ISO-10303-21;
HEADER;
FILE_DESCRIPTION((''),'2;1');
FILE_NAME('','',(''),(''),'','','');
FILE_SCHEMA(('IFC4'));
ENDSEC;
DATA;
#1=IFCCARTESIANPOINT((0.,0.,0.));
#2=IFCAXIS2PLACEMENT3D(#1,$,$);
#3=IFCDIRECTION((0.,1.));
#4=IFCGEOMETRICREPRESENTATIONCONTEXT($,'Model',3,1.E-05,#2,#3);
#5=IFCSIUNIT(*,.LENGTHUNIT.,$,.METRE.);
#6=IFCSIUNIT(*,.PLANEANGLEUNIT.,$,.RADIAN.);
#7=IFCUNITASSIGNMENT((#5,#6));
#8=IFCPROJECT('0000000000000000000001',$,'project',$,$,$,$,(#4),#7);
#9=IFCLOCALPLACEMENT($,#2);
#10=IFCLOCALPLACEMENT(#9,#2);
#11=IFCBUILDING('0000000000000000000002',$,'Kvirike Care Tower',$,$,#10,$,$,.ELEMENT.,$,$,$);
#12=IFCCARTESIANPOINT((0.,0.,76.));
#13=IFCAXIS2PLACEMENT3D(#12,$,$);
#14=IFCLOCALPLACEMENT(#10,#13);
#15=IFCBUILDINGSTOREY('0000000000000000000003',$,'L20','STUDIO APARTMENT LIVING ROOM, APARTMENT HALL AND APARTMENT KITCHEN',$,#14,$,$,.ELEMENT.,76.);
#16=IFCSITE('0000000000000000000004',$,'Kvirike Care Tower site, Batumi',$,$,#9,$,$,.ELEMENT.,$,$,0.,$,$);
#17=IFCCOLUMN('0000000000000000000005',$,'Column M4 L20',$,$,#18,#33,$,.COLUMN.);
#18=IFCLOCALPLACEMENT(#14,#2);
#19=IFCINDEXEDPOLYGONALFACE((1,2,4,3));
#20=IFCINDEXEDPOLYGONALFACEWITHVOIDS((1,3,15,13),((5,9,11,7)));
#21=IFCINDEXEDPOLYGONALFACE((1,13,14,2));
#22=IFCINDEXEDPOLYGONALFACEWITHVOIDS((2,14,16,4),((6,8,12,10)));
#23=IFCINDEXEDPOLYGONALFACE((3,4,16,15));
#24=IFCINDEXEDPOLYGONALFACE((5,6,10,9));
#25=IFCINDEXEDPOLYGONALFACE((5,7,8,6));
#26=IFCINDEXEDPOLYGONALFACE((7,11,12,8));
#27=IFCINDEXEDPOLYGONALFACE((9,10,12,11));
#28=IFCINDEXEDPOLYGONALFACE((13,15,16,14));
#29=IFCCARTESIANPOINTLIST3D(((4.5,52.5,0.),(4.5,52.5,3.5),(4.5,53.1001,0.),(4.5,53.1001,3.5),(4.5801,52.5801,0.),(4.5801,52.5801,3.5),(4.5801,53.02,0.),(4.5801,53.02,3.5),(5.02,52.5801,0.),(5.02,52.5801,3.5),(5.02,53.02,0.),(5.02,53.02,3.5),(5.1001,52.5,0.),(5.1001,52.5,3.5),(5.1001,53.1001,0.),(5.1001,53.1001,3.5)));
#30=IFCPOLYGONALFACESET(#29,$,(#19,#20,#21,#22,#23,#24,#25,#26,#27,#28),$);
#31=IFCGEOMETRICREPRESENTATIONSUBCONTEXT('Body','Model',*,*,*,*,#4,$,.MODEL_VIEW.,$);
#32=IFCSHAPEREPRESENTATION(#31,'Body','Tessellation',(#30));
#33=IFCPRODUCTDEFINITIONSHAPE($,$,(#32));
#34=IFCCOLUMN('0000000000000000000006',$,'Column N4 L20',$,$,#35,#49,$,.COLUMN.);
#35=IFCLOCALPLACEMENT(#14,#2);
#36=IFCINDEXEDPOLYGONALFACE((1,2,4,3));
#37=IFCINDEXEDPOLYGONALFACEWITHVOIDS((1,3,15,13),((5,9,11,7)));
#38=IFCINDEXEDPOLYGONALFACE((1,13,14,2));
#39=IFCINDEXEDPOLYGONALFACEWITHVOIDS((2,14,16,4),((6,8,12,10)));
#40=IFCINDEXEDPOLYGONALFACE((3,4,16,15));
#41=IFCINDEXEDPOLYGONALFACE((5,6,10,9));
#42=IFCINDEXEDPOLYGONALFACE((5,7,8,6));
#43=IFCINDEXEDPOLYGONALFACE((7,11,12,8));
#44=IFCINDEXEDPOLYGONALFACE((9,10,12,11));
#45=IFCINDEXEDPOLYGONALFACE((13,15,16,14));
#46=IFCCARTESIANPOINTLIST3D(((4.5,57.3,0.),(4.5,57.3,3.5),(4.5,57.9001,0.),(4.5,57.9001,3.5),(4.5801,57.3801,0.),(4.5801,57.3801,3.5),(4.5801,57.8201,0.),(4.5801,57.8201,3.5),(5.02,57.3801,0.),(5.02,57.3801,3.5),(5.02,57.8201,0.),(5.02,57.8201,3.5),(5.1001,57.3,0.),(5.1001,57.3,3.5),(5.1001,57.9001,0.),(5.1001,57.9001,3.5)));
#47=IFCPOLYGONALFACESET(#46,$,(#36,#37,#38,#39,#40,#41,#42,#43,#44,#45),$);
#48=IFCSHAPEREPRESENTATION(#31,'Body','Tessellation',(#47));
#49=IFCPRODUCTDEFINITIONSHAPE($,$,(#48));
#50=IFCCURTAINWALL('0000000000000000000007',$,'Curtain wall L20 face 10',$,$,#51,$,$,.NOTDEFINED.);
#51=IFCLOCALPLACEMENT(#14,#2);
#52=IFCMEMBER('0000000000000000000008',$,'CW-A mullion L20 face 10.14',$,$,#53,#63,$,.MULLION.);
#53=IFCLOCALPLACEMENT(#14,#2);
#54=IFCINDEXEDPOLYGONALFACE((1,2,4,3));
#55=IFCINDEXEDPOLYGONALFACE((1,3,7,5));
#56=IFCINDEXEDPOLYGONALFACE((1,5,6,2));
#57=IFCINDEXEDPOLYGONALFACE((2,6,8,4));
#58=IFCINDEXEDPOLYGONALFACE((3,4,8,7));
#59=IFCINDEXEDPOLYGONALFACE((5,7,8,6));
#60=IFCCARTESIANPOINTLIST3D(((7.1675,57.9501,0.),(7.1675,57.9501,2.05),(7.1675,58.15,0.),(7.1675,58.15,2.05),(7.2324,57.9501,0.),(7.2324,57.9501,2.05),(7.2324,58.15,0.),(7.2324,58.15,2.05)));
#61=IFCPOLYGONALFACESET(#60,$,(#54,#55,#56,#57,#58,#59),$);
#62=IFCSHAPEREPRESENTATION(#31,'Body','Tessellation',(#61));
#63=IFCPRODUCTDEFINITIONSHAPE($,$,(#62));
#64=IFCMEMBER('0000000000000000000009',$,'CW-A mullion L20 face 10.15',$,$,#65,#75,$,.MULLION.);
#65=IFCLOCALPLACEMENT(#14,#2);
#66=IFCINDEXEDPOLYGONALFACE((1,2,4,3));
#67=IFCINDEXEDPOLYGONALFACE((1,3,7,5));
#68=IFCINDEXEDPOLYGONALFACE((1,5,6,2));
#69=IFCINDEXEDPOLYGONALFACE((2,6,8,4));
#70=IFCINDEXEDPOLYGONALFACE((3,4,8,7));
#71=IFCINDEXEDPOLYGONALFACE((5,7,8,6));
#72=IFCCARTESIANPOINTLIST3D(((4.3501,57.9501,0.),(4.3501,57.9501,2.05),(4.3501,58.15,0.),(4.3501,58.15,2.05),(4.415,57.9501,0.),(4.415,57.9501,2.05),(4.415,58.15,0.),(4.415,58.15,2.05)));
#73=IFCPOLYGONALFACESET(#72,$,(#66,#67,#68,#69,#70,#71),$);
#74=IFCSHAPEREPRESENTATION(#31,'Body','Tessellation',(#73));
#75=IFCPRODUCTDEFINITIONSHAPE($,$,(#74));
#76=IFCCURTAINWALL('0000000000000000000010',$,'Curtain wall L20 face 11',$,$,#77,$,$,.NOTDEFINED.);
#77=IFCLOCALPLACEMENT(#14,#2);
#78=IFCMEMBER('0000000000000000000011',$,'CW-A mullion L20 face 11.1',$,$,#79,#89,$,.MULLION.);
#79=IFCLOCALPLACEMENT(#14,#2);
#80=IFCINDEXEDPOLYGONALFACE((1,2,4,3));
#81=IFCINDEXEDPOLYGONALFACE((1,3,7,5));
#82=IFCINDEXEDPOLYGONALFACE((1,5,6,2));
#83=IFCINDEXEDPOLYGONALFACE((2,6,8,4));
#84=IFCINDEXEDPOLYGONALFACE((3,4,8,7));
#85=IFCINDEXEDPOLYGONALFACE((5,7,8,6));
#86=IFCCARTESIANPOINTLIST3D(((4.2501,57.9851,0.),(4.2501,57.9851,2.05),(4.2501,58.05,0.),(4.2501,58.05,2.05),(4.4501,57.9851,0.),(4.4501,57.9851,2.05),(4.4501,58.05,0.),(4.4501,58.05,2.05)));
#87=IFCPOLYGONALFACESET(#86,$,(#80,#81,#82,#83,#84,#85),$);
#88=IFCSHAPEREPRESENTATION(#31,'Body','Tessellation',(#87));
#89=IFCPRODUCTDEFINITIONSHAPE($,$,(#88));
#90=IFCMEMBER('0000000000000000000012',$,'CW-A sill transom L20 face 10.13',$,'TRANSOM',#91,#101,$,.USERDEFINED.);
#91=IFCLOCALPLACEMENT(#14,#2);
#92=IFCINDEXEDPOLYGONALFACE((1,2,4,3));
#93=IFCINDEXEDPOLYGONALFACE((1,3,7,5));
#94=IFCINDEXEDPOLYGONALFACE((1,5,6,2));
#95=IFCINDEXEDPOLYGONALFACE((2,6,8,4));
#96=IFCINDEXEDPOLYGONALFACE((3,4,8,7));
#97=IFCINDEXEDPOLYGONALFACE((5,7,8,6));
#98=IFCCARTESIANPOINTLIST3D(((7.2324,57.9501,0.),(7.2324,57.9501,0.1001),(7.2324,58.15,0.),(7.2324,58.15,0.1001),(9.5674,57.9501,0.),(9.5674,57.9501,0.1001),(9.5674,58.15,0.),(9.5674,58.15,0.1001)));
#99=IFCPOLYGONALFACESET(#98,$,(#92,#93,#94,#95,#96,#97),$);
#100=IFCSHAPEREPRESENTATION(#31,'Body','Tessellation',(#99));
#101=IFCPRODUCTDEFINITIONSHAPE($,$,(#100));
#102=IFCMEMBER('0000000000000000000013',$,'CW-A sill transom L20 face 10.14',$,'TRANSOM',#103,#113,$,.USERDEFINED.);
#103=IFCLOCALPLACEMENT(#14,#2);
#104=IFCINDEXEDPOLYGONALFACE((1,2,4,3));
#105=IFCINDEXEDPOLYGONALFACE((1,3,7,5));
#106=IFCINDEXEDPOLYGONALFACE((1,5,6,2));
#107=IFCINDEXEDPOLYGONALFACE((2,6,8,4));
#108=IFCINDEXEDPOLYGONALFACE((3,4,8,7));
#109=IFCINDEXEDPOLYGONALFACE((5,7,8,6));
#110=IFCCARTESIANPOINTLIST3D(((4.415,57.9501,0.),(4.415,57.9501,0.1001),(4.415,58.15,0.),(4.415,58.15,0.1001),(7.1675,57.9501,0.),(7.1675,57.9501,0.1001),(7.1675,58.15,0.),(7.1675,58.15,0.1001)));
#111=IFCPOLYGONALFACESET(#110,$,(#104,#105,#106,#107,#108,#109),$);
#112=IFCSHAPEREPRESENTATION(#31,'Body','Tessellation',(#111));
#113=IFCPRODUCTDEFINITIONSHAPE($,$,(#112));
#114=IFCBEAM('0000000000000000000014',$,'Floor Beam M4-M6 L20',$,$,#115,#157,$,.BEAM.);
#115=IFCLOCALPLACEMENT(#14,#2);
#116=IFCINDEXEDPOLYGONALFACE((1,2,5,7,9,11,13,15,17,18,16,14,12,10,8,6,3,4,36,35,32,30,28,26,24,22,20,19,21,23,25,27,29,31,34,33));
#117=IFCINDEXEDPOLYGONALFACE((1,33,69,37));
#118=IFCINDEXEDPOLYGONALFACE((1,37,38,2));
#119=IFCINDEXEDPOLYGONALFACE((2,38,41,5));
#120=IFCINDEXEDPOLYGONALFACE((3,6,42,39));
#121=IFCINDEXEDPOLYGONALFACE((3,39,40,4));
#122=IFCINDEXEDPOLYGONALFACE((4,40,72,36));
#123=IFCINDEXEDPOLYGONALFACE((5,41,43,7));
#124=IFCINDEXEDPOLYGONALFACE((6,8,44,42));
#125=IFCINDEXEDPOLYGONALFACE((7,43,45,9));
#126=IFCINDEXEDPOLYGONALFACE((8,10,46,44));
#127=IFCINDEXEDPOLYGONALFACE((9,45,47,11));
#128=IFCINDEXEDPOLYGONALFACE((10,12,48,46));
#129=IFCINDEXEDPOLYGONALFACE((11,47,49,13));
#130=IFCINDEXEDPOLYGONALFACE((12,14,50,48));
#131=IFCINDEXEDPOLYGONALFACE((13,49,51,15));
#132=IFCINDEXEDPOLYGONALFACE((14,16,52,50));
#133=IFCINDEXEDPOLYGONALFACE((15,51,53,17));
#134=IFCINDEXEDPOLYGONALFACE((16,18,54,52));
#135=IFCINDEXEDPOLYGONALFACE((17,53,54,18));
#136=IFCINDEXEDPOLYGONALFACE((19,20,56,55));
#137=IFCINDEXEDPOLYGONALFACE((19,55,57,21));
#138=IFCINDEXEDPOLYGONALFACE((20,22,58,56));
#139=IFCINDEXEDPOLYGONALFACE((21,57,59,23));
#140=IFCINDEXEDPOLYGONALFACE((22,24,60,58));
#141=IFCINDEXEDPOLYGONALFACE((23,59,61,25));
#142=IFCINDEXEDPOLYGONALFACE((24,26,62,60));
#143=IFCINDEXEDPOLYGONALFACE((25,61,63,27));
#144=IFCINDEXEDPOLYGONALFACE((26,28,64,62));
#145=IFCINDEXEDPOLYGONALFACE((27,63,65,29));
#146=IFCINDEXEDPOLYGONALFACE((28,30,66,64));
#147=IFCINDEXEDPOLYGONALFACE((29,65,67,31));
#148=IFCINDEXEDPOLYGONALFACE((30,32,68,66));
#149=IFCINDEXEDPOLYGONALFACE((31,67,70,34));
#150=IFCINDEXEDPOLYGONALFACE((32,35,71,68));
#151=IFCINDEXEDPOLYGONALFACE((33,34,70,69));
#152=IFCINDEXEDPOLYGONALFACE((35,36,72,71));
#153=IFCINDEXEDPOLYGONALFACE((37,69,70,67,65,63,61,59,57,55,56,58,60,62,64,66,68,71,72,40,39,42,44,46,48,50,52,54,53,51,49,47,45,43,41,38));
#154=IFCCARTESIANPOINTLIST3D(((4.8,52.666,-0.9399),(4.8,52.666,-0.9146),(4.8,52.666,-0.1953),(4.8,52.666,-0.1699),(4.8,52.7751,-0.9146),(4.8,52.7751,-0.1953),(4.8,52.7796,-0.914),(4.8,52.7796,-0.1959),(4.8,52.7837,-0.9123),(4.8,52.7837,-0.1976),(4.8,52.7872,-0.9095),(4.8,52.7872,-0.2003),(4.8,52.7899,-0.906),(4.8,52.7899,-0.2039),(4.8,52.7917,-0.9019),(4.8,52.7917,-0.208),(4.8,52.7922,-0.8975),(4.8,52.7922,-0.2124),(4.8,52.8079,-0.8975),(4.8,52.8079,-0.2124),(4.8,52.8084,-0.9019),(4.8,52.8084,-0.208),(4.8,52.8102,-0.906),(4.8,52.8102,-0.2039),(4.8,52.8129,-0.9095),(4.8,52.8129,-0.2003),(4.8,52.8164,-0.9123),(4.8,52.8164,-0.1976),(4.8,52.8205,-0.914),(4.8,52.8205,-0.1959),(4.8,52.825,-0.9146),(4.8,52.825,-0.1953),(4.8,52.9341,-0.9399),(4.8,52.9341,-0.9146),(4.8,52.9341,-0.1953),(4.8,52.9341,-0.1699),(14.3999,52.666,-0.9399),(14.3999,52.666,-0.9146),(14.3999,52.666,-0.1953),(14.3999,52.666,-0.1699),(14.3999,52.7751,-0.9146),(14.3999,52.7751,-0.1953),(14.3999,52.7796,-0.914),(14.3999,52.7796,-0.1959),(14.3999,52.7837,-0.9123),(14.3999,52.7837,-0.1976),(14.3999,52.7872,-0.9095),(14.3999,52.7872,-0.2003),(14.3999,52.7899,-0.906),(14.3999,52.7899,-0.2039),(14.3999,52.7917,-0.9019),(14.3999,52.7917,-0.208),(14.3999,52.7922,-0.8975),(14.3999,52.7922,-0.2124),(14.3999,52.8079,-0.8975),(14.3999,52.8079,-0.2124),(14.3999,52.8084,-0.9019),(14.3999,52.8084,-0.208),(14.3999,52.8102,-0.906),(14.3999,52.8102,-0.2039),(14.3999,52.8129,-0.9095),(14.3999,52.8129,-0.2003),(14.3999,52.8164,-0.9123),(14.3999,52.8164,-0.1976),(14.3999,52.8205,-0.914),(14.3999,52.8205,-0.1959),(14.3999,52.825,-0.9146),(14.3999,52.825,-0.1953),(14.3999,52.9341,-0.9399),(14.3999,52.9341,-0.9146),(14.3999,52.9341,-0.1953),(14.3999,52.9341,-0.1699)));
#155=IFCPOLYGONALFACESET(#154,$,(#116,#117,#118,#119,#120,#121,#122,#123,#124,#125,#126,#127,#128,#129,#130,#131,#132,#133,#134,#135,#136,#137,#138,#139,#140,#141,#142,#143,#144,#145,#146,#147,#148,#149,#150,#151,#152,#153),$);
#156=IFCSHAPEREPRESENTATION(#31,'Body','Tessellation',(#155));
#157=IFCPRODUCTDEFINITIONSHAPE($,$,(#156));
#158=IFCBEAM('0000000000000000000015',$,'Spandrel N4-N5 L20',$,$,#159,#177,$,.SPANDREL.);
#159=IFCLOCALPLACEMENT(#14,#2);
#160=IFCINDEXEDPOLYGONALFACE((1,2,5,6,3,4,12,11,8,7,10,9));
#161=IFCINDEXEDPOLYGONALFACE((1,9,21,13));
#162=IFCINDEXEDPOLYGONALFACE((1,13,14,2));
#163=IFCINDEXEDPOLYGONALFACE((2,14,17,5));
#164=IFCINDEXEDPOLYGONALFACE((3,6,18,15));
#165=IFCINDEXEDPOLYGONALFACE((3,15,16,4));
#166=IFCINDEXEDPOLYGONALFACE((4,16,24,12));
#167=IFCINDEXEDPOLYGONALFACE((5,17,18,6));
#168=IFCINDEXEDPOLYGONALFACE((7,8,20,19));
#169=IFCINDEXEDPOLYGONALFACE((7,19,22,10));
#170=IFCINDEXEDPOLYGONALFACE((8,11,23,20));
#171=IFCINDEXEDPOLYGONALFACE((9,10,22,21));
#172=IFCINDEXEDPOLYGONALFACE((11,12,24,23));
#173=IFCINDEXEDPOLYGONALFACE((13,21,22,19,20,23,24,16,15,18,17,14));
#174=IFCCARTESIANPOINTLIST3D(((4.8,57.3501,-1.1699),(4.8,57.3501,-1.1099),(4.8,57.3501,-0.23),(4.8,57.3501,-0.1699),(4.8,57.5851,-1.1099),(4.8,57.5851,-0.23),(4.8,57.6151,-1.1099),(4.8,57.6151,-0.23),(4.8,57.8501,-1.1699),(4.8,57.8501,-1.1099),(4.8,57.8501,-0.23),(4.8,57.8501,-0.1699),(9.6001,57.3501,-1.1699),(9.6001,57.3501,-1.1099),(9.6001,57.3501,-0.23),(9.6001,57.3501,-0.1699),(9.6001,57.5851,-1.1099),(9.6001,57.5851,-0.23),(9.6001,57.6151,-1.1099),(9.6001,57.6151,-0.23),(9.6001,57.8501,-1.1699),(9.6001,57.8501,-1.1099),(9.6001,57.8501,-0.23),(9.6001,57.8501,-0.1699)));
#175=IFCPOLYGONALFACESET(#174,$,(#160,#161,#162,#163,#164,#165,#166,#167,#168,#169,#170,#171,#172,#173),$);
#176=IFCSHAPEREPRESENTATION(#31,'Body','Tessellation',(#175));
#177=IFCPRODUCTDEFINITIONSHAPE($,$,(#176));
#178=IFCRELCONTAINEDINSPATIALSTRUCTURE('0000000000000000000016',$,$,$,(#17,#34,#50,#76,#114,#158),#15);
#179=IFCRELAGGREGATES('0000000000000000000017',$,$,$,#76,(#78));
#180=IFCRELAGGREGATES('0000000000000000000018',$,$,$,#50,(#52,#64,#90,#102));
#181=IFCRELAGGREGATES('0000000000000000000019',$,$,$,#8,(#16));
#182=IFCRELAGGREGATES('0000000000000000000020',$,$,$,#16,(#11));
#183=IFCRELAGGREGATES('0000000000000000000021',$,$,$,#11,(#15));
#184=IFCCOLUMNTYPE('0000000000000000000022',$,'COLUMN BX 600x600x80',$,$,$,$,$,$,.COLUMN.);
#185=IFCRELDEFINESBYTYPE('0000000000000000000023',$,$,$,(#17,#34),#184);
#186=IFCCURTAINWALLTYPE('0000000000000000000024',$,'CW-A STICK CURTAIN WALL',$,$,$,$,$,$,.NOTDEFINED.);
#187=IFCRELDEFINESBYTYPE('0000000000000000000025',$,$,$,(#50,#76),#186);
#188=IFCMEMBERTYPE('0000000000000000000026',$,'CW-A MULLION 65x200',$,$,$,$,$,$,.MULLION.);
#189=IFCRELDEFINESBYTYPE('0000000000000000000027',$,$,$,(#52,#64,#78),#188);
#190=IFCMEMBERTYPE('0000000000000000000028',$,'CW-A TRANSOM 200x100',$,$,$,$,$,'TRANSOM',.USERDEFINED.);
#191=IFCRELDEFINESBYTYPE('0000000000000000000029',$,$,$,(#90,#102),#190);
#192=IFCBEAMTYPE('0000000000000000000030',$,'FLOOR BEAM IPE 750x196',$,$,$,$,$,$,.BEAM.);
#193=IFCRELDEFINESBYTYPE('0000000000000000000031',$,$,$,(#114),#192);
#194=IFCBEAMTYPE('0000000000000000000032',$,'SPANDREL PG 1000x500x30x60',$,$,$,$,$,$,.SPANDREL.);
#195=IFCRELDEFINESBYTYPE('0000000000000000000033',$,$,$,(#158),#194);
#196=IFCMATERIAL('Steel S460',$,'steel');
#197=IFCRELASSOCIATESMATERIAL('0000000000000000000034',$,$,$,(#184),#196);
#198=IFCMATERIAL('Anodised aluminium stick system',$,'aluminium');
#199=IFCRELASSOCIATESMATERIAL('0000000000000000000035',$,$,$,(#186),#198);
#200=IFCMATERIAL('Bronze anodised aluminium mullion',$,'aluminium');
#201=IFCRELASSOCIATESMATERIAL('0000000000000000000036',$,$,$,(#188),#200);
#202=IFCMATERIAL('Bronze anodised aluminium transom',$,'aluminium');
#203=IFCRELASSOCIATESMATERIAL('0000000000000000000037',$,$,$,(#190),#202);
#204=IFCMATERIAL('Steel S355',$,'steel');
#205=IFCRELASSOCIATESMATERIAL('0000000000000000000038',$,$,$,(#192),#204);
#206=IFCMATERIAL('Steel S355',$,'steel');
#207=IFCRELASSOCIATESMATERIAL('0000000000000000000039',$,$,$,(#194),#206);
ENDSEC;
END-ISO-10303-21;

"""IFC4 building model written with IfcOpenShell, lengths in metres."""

from ifc_helpers import new_model, si_unit, direction, frame, origin, origin_2d, place, context, subcontext, project, spatial, rectangle, hollow_rectangle, i_section, extrude, material, material_profile, profile_set, type_object, element, aggregate, save


model = new_model("IFC4")

# Units and contexts
model_context = context("Model", 3, precision=1e-05, world=origin(), true_north=direction((0.0, 1.0)))
body_context = subcontext(model_context, "Body", "Model", "MODEL_VIEW")
ifc_project = project(units=[si_unit("LENGTHUNIT", "METRE"), si_unit("PLANEANGLEUNIT", "RADIAN")], contexts=[model_context])

# Site, building, storey
site_placement = place(None, origin())
site = spatial("IfcSite", under=ifc_project, at=site_placement, Name="Kvirike Care Tower site, Batumi", CompositionType="ELEMENT", RefElevation=0.0)
building_placement = place(site_placement, origin())
building = spatial("IfcBuilding", under=site, at=building_placement, Name="Kvirike Care Tower", CompositionType="ELEMENT")
storey_placement = place(building_placement, frame((0.0, 0.0, 76.0)))
storey = spatial("IfcBuildingStorey", under=building, at=storey_placement, Name="L20", Description="STUDIO APARTMENT LIVING ROOM, APARTMENT HALL AND APARTMENT KITCHEN", CompositionType="ELEMENT", Elevation=76.0)

# Columns
ifc_material_1 = material(Name="Steel S460", Category="steel")
ifc_material_profile_1 = material_profile(ifc_material_1, hollow_rectangle(XDim=0.6001, YDim=0.6001, WallThickness=0.0801, at=origin_2d()), Name="BX 600x600x80")
ifc_profile_set_1 = profile_set([ifc_material_profile_1], Name="Steel S460")
column_type = type_object("IfcColumnType", Name="COLUMN BX 600x600x80", PredefinedType="COLUMN", material=ifc_profile_set_1)
for number, where, z_axis, x_axis, name in (
    (1, (4.8, 52.8, 0.0), (0.0, 0.0, 1.0), (0.0, 1.0, 0.0), "Column M4 L20"),
    (2, (4.8, 57.6001, 0.0), (0.0, 0.0, 1.0), (0.0, 1.0, 0.0), "Column N4 L20"),
):
    element("IfcColumn", number, at=place(storey_placement, frame(where, z_axis=z_axis, x_axis=x_axis)), inside=storey, type_object=column_type, Name=name, PredefinedType="COLUMN", context=body_context, shape_type="SweptSolid", body=[
        extrude(hollow_rectangle(XDim=0.6001, YDim=0.6001, WallThickness=0.0801, at=origin_2d()), origin(), (0.0, 0.0, 1.0), 3.5),
    ])

# Curtain wall, members
ifc_material_2 = material(Name="Anodised aluminium stick system", Category="aluminium")
curtain_wall_type = type_object("IfcCurtainWallType", Name="CW-A STICK CURTAIN WALL", PredefinedType="NOTDEFINED", material=ifc_material_2)
curtain_wall_1_placement = place(storey_placement, origin())
curtain_wall_1 = element("IfcCurtainWall", 3, at=curtain_wall_1_placement, inside=storey, type_object=curtain_wall_type, Name="Curtain wall L20 face 10", PredefinedType="NOTDEFINED")
ifc_material_3 = material(Name="Bronze anodised aluminium mullion", Category="aluminium")
ifc_material_profile_2 = material_profile(ifc_material_3, rectangle(XDim=0.0649, YDim=0.2, at=origin_2d()), Name="CW-A MULLION 65x200")
ifc_profile_set_2 = profile_set([ifc_material_profile_2], Name="Bronze anodised aluminium mullion")
member_type_1 = type_object("IfcMemberType", Name="CW-A MULLION 65x200", PredefinedType="MULLION", material=ifc_profile_set_2)
member_1_placement = place(storey_placement, frame((7.2, 58.05, 0.0), z_axis=(0.0, 0.0, 1.0), x_axis=(-1.0, 0.0, 0.0)))
member_1 = element("IfcMember", 4, at=member_1_placement, type_object=member_type_1, Name="CW-A mullion L20 face 10.14", PredefinedType="MULLION", context=body_context, shape_type="SweptSolid", body=[
    extrude(rectangle(XDim=0.0649, YDim=0.2, at=origin_2d()), origin(), (0.0, 0.0, 1.0), 2.05),
])
member_2_placement = place(storey_placement, frame((4.3826, 58.05, 0.0), z_axis=(0.0, 0.0, 1.0), x_axis=(-1.0, 0.0, 0.0)))
member_2 = element("IfcMember", 5, at=member_2_placement, type_object=member_type_1, Name="CW-A mullion L20 face 10.15", PredefinedType="MULLION", context=body_context, shape_type="SweptSolid", body=[
    extrude(rectangle(XDim=0.0649, YDim=0.2, at=origin_2d()), origin(), (0.0, 0.0, 1.0), 2.05),
])

# Curtain wall, member
curtain_wall_2_placement = place(storey_placement, origin())
curtain_wall_2 = element("IfcCurtainWall", 6, at=curtain_wall_2_placement, inside=storey, type_object=curtain_wall_type, Name="Curtain wall L20 face 11", PredefinedType="NOTDEFINED")
member_3_placement = place(storey_placement, frame((4.3501, 58.0176, 0.0), z_axis=(0.0, 0.0, 1.0), x_axis=(0.0, -1.0, 0.0)))
member_3 = element("IfcMember", 7, at=member_3_placement, type_object=member_type_1, Name="CW-A mullion L20 face 11.1", PredefinedType="MULLION", context=body_context, shape_type="SweptSolid", body=[
    extrude(rectangle(XDim=0.0649, YDim=0.2, at=origin_2d()), origin(), (0.0, 0.0, 1.0), 2.05),
])
aggregate(curtain_wall_2, [member_3])

# Members
ifc_material_4 = material(Name="Bronze anodised aluminium transom", Category="aluminium")
ifc_material_profile_3 = material_profile(ifc_material_4, rectangle(XDim=0.2, YDim=0.1001, at=origin_2d()), Name="CW-A TRANSOM 200x100")
ifc_profile_set_3 = profile_set([ifc_material_profile_3], Name="Bronze anodised aluminium transom")
member_type_2 = type_object("IfcMemberType", Name="CW-A TRANSOM 200x100", ElementType="TRANSOM", PredefinedType="USERDEFINED", material=ifc_profile_set_3)
member_4_placement = place(storey_placement, frame((9.5674, 58.05, 0.05), z_axis=(-1.0, 0.0, 0.0), x_axis=(0.0, -1.0, 0.0)))
member_4 = element("IfcMember", 8, at=member_4_placement, type_object=member_type_2, Name="CW-A sill transom L20 face 10.13", ObjectType="TRANSOM", PredefinedType="USERDEFINED", context=body_context, shape_type="SweptSolid", body=[
    extrude(rectangle(XDim=0.2, YDim=0.1001, at=origin_2d()), origin(), (0.0, 0.0, 1.0), 2.335),
])
member_5_placement = place(storey_placement, frame((7.1675, 58.05, 0.05), z_axis=(-1.0, 0.0, 0.0), x_axis=(0.0, -1.0, 0.0)))
member_5 = element("IfcMember", 9, at=member_5_placement, type_object=member_type_2, Name="CW-A sill transom L20 face 10.14", ObjectType="TRANSOM", PredefinedType="USERDEFINED", context=body_context, shape_type="SweptSolid", body=[
    extrude(rectangle(XDim=0.2, YDim=0.1001, at=origin_2d()), origin(), (0.0, 0.0, 1.0), 2.7524),
])

# Beams
ifc_material_5 = material(Name="Steel S355", Category="steel")
ifc_material_profile_4 = material_profile(ifc_material_5, i_section(OverallWidth=0.2681, OverallDepth=0.77, WebThickness=0.0156, FlangeThickness=0.0254, FilletRadius=0.0171, at=origin_2d()), Name="IPE 750x196")
ifc_profile_set_4 = profile_set([ifc_material_profile_4], Name="Steel S355")
beam_type_1 = type_object("IfcBeamType", Name="FLOOR BEAM IPE 750x196", PredefinedType="BEAM", material=ifc_profile_set_4)
beam_placement = place(storey_placement, frame((4.8, 52.8, -0.5549), z_axis=(1.0, 0.0, 0.0), x_axis=(0.0, 1.0, 0.0)))
element("IfcBeam", 10, at=beam_placement, inside=storey, type_object=beam_type_1, Name="Floor Beam M4-M6 L20", PredefinedType="BEAM", context=body_context, shape_type="SweptSolid", body=[
    extrude(i_section(OverallWidth=0.2681, OverallDepth=0.77, WebThickness=0.0156, FlangeThickness=0.0254, FilletRadius=0.0171, at=origin_2d()), origin(), (0.0, 0.0, 1.0), 9.5999),
])
ifc_material_6 = material(Name="Steel S355", Category="steel")
ifc_material_profile_5 = material_profile(ifc_material_6, i_section(OverallWidth=0.5, OverallDepth=1.0, WebThickness=0.03, FlangeThickness=0.0601, at=origin_2d()), Name="PG 1000x500x30x60")
ifc_profile_set_5 = profile_set([ifc_material_profile_5], Name="Steel S355")
beam_type_2 = type_object("IfcBeamType", Name="SPANDREL PG 1000x500x30x60", PredefinedType="SPANDREL", material=ifc_profile_set_5)
for number, where, z_axis, x_axis, name in (
    (11, (4.8, 57.6001, -0.6699), (1.0, 0.0, 0.0), (0.0, 1.0, 0.0), "Spandrel N4-N5 L20"),
):
    element("IfcBeam", number, at=place(storey_placement, frame(where, z_axis=z_axis, x_axis=x_axis)), inside=storey, type_object=beam_type_2, Name=name, PredefinedType="SPANDREL", context=body_context, shape_type="SweptSolid", body=[
        extrude(i_section(OverallWidth=0.5, OverallDepth=1.0, WebThickness=0.03, FlangeThickness=0.0601, at=origin_2d()), origin(), (0.0, 0.0, 1.0), 4.8),
    ])

aggregate(curtain_wall_1, [member_1, member_2, member_4, member_5])

save(model, "model.ifc")
